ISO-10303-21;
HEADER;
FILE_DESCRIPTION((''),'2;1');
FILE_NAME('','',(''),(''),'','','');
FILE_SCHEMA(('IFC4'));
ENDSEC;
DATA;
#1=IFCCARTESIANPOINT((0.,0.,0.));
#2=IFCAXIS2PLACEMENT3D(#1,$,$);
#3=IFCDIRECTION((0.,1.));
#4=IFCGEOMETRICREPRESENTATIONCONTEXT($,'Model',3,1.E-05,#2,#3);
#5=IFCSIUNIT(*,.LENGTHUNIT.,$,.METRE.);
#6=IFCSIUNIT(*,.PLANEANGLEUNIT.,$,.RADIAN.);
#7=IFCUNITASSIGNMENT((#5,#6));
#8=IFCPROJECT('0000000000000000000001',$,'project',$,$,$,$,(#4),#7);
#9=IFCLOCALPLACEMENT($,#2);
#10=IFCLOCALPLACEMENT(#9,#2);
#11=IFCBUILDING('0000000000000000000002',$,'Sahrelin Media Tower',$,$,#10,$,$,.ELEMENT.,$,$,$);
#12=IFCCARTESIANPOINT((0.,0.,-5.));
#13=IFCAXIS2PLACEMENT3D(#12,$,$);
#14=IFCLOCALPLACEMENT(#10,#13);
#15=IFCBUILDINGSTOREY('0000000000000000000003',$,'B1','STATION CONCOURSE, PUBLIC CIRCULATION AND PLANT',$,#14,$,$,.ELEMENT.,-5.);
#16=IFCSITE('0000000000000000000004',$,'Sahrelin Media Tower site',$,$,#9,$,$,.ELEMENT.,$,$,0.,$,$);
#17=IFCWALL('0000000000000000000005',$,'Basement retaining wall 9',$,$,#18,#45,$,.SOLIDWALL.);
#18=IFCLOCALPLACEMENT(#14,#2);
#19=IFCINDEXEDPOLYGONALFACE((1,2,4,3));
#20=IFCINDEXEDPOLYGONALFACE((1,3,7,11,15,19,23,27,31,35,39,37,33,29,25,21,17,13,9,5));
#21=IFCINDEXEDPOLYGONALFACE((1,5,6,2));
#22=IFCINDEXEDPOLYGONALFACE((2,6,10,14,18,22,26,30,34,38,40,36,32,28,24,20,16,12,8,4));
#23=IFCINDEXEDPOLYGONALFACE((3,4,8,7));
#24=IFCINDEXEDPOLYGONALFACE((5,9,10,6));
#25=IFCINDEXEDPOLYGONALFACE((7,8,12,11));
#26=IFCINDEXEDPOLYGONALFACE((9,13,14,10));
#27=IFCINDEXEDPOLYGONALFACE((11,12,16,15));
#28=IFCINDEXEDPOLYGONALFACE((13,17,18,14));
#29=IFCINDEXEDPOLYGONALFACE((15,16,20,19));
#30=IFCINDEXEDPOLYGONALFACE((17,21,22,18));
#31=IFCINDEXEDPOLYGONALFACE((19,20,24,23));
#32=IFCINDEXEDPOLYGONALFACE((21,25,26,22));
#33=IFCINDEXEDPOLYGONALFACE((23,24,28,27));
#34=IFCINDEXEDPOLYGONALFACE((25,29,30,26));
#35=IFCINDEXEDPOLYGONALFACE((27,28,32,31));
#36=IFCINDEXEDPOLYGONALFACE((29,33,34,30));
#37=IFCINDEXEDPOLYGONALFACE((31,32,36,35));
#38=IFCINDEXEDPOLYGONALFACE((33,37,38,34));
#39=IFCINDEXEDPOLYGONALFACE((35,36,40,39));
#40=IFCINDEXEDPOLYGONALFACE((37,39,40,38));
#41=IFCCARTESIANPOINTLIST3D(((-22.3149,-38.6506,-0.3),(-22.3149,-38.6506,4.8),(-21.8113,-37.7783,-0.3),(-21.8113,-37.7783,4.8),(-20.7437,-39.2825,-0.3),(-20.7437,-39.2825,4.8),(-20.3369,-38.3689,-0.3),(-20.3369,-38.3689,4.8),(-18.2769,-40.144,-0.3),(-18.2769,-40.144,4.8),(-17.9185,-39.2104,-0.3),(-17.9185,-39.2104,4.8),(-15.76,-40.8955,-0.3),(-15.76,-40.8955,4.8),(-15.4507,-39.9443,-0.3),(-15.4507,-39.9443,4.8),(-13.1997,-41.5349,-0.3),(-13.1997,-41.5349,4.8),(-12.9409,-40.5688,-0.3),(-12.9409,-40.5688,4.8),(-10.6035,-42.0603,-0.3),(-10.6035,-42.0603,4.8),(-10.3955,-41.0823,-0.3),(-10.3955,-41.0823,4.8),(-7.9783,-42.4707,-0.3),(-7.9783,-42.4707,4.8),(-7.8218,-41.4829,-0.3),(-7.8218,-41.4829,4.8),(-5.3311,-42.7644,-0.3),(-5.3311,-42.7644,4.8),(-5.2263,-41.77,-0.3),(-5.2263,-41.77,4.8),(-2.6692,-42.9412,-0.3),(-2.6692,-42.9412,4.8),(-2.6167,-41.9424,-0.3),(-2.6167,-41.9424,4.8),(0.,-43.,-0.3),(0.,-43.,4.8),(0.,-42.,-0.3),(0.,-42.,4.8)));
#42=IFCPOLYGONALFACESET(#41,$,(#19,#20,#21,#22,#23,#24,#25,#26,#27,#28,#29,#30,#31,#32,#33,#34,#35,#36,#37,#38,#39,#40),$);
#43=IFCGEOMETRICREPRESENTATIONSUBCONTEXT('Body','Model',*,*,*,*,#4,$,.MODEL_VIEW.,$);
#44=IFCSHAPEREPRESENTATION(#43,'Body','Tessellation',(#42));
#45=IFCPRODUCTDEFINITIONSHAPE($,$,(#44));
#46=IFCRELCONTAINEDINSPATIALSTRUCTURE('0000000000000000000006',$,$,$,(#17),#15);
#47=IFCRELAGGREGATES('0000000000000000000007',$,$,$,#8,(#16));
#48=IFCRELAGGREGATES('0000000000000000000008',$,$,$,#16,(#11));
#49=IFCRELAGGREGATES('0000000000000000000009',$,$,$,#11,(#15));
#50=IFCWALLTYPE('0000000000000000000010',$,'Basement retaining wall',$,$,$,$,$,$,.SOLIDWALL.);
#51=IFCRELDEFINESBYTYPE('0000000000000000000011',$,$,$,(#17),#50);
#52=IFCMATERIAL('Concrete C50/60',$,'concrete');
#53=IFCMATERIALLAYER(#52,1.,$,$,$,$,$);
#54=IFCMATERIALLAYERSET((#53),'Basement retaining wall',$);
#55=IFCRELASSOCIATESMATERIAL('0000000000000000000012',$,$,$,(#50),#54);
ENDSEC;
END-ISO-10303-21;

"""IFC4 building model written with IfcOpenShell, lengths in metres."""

from ifc_helpers import new_model, si_unit, direction, frame, origin, place, context, subcontext, project, spatial, polyline, outline, extrude, material, layer, layer_set, type_object, element, save


model = new_model("IFC4")

# Units and contexts
model_context = context("Model", 3, precision=1e-05, world=origin(), true_north=direction((0.0, 1.0)))
body_context = subcontext(model_context, "Body", "Model", "MODEL_VIEW")
ifc_project = project(units=[si_unit("LENGTHUNIT", "METRE"), si_unit("PLANEANGLEUNIT", "RADIAN")], contexts=[model_context])

# Site, building, storey
site_placement = place(None, origin())
site = spatial("IfcSite", under=ifc_project, at=site_placement, Name="Sahrelin Media Tower site", CompositionType="ELEMENT", RefElevation=0.0)
building_placement = place(site_placement, origin())
building = spatial("IfcBuilding", under=site, at=building_placement, Name="Sahrelin Media Tower", CompositionType="ELEMENT")
storey_placement = place(building_placement, frame((0.0, 0.0, -5.0)))
storey = spatial("IfcBuildingStorey", under=building, at=storey_placement, Name="B1", Description="STATION CONCOURSE, PUBLIC CIRCULATION AND PLANT", CompositionType="ELEMENT", Elevation=-5.0)

# Shared definitions
ifc_material = material(Name="Concrete C50/60", Category="concrete")

# Wall
ifc_layer_1 = layer(ifc_material, 1.0)
ifc_layer_set_1 = layer_set([ifc_layer_1], Name="Basement retaining wall")
wall_type = type_object("IfcWallType", Name="Basement retaining wall", PredefinedType="SOLIDWALL", material=ifc_layer_set_1)
placement_1 = place(storey_placement, frame((0.0, 0.0, -0.3)))
element("IfcWall", 1, at=placement_1, inside=storey, type_object=wall_type, Name="Basement retaining wall 9", PredefinedType="SOLIDWALL", context=body_context, shape_type="SweptSolid", body=[
    extrude(outline(polyline([(0.0, -43.0), (0.0, -42.0), (-2.6167, -41.9424), (-5.2263, -41.77), (-7.8218, -41.4829), (-10.3955, -41.0823), (-12.9409, -40.5688), (-15.4507, -39.9443), (-17.9185, -39.2104), (-20.3369, -38.3689), (-21.8113, -37.7783), (-22.3149, -38.6506), (-20.7437, -39.2825), (-18.2769, -40.144), (-15.76, -40.8955), (-13.1997, -41.5349), (-10.6035, -42.0603), (-7.9783, -42.4707), (-5.3311, -42.7644), (-2.6692, -42.9412), (0.0, -43.0)])), origin(), (0.0, 0.0, 1.0), 5.1001),
])

save(model, "model.ifc")
